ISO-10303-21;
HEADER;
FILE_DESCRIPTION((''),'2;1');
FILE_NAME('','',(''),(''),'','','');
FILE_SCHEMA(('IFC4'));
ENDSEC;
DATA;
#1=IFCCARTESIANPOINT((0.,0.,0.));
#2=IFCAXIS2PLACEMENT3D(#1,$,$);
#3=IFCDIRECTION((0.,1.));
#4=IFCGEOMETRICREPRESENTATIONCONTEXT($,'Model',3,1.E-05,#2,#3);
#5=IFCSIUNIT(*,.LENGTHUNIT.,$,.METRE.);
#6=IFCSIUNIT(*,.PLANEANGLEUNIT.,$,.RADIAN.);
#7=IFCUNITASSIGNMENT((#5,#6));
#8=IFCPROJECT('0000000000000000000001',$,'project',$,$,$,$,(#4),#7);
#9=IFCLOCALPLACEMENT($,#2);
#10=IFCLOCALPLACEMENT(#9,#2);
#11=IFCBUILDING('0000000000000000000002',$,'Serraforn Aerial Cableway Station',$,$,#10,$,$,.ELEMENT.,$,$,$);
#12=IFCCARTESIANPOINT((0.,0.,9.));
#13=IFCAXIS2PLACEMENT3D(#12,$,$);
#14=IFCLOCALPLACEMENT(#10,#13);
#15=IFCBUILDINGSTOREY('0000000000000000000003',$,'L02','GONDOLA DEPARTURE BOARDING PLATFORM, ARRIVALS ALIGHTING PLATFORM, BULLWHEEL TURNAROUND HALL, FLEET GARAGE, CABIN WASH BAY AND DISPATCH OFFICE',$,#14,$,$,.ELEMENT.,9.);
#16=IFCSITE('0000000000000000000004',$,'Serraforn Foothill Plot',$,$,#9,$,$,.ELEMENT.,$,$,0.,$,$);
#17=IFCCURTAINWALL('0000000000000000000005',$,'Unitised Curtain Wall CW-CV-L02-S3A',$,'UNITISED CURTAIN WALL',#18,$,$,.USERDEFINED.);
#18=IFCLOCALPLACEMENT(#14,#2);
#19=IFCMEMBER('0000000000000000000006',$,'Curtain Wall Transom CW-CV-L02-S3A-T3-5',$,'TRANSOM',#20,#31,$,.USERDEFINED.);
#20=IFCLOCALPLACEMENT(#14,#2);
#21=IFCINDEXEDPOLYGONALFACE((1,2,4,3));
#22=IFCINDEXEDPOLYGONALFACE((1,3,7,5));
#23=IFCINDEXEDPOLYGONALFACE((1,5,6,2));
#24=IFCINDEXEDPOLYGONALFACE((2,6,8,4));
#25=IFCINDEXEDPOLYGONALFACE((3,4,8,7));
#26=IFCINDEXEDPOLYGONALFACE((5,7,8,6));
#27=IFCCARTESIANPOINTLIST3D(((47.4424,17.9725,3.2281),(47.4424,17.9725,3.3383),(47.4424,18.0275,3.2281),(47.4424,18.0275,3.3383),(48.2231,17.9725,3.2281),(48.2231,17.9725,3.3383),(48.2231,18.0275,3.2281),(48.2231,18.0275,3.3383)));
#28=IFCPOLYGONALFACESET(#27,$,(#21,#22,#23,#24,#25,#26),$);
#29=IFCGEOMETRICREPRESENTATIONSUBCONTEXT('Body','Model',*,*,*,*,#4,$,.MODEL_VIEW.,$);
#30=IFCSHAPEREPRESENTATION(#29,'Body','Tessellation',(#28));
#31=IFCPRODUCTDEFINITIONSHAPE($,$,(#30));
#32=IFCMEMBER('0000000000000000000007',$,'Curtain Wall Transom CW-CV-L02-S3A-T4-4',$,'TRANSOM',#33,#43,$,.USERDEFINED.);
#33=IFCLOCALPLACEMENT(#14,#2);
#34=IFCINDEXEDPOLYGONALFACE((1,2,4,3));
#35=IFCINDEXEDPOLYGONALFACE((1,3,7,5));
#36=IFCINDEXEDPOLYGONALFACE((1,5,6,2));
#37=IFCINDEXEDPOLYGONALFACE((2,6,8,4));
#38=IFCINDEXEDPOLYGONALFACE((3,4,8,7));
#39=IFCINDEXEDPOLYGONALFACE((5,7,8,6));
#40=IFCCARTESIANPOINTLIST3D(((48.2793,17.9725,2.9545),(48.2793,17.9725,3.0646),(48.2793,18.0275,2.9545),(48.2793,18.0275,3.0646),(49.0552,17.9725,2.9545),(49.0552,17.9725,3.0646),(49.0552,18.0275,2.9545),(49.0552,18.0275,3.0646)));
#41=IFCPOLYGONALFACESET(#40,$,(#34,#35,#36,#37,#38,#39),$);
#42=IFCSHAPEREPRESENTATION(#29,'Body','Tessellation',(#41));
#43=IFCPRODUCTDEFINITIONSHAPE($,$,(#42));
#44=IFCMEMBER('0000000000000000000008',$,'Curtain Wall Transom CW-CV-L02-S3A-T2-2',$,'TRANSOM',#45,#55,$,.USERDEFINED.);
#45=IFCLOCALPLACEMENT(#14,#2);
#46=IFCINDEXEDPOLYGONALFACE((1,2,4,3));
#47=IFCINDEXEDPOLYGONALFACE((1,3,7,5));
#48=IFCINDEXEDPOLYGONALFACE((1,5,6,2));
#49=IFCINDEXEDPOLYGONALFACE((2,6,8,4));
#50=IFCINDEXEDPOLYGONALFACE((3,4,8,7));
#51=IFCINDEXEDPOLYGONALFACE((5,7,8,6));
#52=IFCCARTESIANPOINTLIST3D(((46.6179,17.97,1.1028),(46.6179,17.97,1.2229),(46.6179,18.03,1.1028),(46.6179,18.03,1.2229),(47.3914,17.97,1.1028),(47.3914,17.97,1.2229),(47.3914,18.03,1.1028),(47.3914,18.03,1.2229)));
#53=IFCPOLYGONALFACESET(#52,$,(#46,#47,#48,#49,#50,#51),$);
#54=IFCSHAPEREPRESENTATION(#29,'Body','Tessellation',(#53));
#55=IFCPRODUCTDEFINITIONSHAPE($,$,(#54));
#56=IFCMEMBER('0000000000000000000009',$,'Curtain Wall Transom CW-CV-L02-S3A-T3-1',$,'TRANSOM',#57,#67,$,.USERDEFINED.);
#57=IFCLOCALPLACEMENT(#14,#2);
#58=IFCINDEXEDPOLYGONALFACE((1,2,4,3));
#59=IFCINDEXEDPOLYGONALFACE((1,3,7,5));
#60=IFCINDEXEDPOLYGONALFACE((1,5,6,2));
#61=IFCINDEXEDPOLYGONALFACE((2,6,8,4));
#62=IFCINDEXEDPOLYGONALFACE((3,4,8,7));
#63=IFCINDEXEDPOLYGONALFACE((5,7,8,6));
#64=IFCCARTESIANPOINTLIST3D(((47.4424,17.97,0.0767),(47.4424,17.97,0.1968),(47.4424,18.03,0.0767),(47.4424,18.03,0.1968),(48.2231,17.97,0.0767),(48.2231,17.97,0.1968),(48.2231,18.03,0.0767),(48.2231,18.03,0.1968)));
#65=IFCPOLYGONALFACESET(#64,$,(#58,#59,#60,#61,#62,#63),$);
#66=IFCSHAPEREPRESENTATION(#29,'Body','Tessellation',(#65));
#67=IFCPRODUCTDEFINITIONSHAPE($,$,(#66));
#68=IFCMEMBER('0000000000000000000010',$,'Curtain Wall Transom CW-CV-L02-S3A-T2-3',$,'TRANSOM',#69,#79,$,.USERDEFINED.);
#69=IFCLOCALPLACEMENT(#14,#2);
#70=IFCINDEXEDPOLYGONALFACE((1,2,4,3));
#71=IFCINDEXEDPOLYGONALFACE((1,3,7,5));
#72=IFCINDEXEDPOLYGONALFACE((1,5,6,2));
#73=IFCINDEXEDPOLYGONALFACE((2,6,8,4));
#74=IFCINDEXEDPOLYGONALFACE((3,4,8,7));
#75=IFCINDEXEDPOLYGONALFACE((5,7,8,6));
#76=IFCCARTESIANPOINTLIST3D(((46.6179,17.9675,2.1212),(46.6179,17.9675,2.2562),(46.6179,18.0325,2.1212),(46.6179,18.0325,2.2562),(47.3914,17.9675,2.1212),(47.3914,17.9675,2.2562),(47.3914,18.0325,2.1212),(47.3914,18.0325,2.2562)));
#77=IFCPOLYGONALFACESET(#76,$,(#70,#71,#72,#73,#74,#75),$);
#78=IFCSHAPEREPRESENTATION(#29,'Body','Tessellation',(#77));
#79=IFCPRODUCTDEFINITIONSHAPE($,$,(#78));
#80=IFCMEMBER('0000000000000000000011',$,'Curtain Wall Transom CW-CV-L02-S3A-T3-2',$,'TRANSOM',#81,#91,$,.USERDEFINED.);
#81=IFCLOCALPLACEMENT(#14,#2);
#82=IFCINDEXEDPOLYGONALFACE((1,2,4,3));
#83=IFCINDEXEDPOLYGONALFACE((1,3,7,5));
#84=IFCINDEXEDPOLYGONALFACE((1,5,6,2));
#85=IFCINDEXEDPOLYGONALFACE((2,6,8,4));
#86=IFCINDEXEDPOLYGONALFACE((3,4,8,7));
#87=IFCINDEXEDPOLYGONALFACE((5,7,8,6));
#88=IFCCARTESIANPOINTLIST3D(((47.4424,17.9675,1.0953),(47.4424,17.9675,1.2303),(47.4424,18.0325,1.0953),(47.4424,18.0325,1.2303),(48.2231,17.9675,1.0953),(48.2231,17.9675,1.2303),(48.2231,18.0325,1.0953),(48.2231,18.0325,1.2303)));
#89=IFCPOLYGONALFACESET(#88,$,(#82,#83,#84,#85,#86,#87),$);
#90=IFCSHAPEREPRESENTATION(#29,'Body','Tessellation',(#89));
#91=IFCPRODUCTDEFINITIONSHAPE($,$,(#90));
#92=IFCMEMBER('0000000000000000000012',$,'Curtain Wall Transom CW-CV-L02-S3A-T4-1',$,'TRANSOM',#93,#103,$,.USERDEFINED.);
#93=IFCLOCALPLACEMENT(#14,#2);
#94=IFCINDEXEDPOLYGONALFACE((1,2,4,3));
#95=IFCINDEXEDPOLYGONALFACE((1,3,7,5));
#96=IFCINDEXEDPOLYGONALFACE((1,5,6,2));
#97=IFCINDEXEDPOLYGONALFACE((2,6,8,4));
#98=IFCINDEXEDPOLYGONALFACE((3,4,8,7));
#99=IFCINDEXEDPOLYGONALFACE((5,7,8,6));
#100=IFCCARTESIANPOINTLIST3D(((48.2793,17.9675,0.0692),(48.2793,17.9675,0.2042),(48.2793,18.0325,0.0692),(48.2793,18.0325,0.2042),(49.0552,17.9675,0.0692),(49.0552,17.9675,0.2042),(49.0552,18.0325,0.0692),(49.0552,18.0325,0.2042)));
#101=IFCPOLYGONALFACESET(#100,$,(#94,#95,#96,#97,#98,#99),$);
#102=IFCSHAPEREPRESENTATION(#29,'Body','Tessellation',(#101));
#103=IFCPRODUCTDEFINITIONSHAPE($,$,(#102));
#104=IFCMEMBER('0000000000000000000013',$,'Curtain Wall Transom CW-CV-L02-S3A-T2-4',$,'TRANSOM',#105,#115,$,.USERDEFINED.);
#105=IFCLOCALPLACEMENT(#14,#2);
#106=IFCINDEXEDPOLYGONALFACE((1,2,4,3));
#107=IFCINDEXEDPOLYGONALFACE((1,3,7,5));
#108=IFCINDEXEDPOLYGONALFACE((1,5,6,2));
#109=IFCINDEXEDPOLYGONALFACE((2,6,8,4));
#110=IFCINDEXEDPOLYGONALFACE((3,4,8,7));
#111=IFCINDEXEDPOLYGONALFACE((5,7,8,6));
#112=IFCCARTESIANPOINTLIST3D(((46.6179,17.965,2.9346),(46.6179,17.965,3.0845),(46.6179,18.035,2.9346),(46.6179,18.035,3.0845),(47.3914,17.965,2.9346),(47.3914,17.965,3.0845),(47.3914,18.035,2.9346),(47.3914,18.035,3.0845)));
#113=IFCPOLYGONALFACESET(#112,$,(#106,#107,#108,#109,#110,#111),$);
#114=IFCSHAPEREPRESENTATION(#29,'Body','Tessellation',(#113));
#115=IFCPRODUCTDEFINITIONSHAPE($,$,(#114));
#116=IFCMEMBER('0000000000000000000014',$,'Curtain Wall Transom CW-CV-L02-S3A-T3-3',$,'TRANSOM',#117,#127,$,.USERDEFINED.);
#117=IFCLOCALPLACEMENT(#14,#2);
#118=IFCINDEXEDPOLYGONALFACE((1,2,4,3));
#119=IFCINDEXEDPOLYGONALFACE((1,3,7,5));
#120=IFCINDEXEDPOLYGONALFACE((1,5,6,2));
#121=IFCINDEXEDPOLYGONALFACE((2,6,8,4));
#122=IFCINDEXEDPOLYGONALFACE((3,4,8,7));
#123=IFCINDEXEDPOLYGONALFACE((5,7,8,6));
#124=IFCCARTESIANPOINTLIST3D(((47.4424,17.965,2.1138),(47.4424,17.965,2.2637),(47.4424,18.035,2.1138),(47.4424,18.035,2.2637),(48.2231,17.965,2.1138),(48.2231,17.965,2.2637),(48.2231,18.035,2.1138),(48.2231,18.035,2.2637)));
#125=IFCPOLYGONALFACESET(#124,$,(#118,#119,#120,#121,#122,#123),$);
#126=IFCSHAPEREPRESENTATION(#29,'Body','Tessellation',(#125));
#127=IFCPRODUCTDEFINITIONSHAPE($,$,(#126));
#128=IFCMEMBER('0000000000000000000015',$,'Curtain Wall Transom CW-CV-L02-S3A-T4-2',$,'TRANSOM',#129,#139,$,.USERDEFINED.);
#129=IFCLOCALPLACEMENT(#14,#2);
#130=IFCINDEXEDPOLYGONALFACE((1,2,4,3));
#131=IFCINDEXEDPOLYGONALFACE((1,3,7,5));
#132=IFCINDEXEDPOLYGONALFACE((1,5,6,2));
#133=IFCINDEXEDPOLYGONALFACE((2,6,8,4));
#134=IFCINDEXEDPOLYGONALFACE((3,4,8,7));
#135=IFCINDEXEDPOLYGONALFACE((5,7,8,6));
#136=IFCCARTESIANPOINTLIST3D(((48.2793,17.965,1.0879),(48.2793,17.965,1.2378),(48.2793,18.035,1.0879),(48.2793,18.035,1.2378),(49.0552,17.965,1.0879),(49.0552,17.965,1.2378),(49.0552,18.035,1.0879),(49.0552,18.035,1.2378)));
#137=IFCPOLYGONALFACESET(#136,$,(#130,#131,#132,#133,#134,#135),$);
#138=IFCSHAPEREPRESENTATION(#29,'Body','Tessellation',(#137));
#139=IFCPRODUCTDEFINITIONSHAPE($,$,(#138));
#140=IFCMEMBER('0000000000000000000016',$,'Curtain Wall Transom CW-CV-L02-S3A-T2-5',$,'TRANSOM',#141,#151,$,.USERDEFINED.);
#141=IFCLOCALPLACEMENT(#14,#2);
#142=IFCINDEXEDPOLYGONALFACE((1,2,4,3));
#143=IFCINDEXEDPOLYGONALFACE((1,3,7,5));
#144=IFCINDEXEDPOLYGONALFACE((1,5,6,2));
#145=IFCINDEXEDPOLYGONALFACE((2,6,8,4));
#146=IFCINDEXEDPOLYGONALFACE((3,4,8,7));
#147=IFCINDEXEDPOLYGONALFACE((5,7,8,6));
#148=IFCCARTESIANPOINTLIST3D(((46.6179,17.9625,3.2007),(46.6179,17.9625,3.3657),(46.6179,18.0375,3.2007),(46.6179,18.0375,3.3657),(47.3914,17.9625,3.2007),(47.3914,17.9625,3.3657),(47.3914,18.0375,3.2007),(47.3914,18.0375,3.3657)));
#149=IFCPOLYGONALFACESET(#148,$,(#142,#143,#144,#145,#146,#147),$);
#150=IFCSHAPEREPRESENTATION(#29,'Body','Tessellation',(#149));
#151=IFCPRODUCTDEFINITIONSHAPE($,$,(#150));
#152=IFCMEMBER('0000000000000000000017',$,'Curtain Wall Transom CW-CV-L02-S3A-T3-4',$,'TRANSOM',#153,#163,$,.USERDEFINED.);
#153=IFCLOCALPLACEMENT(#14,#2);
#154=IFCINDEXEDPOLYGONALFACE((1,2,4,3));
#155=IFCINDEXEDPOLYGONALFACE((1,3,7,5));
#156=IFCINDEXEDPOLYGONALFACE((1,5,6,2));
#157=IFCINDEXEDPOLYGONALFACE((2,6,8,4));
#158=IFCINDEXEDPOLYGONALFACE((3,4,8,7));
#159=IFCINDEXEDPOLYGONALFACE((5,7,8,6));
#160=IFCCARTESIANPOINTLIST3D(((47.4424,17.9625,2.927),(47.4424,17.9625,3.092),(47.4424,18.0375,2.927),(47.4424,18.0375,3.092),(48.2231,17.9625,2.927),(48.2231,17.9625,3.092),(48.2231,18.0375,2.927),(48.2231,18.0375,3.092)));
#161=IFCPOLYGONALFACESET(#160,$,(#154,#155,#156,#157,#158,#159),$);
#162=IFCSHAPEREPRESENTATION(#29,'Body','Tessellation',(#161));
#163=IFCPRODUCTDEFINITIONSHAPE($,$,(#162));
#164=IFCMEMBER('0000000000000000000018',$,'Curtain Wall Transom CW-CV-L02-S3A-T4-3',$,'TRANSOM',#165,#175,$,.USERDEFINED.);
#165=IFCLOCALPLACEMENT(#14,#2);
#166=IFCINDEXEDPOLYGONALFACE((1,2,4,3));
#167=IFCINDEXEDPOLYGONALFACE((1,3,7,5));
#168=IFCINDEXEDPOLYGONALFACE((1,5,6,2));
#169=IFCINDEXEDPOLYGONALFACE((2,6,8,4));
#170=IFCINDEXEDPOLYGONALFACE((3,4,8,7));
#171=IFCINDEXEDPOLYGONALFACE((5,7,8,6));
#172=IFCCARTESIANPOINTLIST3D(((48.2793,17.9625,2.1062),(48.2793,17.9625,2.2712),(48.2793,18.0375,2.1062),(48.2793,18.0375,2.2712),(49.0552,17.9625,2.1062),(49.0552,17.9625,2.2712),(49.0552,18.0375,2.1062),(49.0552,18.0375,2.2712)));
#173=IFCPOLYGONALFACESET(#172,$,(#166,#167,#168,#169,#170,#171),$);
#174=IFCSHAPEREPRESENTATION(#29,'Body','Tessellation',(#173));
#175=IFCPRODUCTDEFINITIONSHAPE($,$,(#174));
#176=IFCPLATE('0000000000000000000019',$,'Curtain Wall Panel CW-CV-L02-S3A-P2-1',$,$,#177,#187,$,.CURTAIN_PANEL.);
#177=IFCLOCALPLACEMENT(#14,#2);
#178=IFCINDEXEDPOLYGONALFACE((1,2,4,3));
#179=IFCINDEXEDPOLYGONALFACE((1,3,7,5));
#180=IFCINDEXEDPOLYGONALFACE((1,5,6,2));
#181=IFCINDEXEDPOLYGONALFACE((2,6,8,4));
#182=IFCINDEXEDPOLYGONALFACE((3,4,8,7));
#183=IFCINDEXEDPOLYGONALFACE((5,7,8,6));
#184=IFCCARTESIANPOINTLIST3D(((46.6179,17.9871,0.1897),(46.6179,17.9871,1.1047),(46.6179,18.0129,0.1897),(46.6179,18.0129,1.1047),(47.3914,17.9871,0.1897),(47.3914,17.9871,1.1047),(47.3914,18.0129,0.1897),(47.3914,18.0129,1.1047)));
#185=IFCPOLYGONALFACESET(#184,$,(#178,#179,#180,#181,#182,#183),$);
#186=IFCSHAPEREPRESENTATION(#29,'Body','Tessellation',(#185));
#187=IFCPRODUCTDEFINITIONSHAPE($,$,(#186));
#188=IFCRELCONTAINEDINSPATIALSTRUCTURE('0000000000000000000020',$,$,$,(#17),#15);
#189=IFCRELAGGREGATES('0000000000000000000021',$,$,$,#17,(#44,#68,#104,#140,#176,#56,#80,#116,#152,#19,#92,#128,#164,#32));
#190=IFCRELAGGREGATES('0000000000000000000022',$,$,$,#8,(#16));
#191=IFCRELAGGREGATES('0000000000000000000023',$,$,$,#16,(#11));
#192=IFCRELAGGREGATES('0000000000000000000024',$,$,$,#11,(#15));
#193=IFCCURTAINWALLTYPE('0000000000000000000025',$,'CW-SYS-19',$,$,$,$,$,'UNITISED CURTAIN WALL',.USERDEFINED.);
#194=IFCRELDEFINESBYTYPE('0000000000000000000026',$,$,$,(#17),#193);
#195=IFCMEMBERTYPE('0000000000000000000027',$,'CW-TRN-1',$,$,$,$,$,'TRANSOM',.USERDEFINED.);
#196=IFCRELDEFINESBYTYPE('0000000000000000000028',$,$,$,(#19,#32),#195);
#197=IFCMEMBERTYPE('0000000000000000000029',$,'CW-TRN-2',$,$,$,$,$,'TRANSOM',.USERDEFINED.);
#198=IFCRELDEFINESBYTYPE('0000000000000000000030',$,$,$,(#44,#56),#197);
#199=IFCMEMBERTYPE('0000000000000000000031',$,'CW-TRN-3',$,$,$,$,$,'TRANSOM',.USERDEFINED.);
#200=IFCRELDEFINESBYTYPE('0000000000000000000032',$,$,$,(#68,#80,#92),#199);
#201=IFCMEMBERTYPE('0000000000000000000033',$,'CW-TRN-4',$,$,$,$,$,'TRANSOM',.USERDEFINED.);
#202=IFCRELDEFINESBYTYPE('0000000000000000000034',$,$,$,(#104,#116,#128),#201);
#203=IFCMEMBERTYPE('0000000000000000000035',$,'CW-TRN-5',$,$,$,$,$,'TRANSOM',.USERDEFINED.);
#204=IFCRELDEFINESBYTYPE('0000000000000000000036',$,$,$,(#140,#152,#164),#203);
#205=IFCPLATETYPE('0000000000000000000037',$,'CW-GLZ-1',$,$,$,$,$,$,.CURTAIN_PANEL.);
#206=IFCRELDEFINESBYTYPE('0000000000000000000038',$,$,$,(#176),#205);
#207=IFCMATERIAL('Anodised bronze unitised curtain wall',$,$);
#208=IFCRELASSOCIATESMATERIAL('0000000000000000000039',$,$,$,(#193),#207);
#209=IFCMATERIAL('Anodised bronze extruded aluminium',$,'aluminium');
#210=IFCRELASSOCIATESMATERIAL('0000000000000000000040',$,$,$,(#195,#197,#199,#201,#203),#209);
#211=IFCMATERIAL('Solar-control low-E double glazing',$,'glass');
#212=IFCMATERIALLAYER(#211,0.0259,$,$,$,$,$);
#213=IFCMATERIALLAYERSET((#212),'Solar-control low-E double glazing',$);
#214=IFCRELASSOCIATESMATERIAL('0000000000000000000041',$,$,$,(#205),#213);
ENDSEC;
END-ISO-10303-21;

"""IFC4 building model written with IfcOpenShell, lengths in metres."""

from ifc_helpers import new_model, si_unit, direction, frame, origin, origin_2d, place, context, subcontext, project, spatial, rectangle, extrude, material, layer, layer_set, material_profile, profile_set, type_object, element, aggregate, save


model = new_model("IFC4")

# Units and contexts
model_context = context("Model", 3, precision=1e-05, world=origin(), true_north=direction((0.0, 1.0)))
body_context = subcontext(model_context, "Body", "Model", "MODEL_VIEW")
ifc_project = project(units=[si_unit("LENGTHUNIT", "METRE"), si_unit("PLANEANGLEUNIT", "RADIAN")], contexts=[model_context])

# Site, building, storey
site_placement = place(None, origin())
site = spatial("IfcSite", under=ifc_project, at=site_placement, Name="Serraforn Foothill Plot", CompositionType="ELEMENT", RefElevation=0.0)
building_placement = place(site_placement, origin())
building = spatial("IfcBuilding", under=site, at=building_placement, Name="Serraforn Aerial Cableway Station", CompositionType="ELEMENT")
storey_placement = place(building_placement, frame((0.0, 0.0, 9.0)))
storey = spatial("IfcBuildingStorey", under=building, at=storey_placement, Name="L02", Description="GONDOLA DEPARTURE BOARDING PLATFORM, ARRIVALS ALIGHTING PLATFORM, BULLWHEEL TURNAROUND HALL, FLEET GARAGE, CABIN WASH BAY AND DISPATCH OFFICE", CompositionType="ELEMENT", Elevation=9.0)

# Curtain wall, members, plate
ifc_material_1 = material(Name="Anodised bronze unitised curtain wall")
curtain_wall_type = type_object("IfcCurtainWallType", Name="CW-SYS-19", ElementType="UNITISED CURTAIN WALL", PredefinedType="USERDEFINED", material=ifc_material_1)
curtain_wall_placement = place(storey_placement, origin())
curtain_wall = element("IfcCurtainWall", 1, at=curtain_wall_placement, inside=storey, type_object=curtain_wall_type, Name="Unitised Curtain Wall CW-CV-L02-S3A", ObjectType="UNITISED CURTAIN WALL", PredefinedType="USERDEFINED")
ifc_material_2 = material(Name="Anodised bronze extruded aluminium", Category="aluminium")
ifc_material_profile_1 = material_profile(ifc_material_2, rectangle(XDim=0.0549, YDim=0.1101, at=origin_2d()), Name="CW TRANSOM 55x110")
ifc_profile_set_1 = profile_set([ifc_material_profile_1], Name="Anodised bronze extruded aluminium")
member_type_1 = type_object("IfcMemberType", Name="CW-TRN-1", ElementType="TRANSOM", PredefinedType="USERDEFINED", material=ifc_profile_set_1)
member_1_placement = place(storey_placement, frame((47.4424, 18.0, 3.2832), z_axis=(1.0, 0.0, 0.0), x_axis=(0.0, 1.0, 0.0)))
member_1 = element("IfcMember", 2, at=member_1_placement, type_object=member_type_1, Name="Curtain Wall Transom CW-CV-L02-S3A-T3-5", ObjectType="TRANSOM", PredefinedType="USERDEFINED", context=body_context, shape_type="SweptSolid", body=[
    extrude(rectangle(XDim=0.0549, YDim=0.1101, at=origin_2d()), origin(), (0.0, 0.0, 1.0), 0.7808),
])
member_2_placement = place(storey_placement, frame((48.2793, 18.0, 3.0095), z_axis=(1.0, 0.0, 0.0), x_axis=(0.0, 1.0, 0.0)))
member_2 = element("IfcMember", 3, at=member_2_placement, type_object=member_type_1, Name="Curtain Wall Transom CW-CV-L02-S3A-T4-4", ObjectType="TRANSOM", PredefinedType="USERDEFINED", context=body_context, shape_type="SweptSolid", body=[
    extrude(rectangle(XDim=0.0549, YDim=0.1101, at=origin_2d()), origin(), (0.0, 0.0, 1.0), 0.7759),
])
ifc_material_profile_2 = material_profile(ifc_material_2, rectangle(XDim=0.0601, YDim=0.1201, at=origin_2d()), Name="CW TRANSOM 60x120")
ifc_profile_set_2 = profile_set([ifc_material_profile_2], Name="Anodised bronze extruded aluminium")
member_type_2 = type_object("IfcMemberType", Name="CW-TRN-2", ElementType="TRANSOM", PredefinedType="USERDEFINED", material=ifc_profile_set_2)
member_3_placement = place(storey_placement, frame((46.6179, 18.0, 1.1628), z_axis=(1.0, 0.0, 0.0), x_axis=(0.0, 1.0, 0.0)))
member_3 = element("IfcMember", 4, at=member_3_placement, type_object=member_type_2, Name="Curtain Wall Transom CW-CV-L02-S3A-T2-2", ObjectType="TRANSOM", PredefinedType="USERDEFINED", context=body_context, shape_type="SweptSolid", body=[
    extrude(rectangle(XDim=0.0601, YDim=0.1201, at=origin_2d()), origin(), (0.0, 0.0, 1.0), 0.7734),
])
member_4_placement = place(storey_placement, frame((47.4424, 18.0, 0.1367), z_axis=(1.0, 0.0, 0.0), x_axis=(0.0, 1.0, 0.0)))
member_4 = element("IfcMember", 5, at=member_4_placement, type_object=member_type_2, Name="Curtain Wall Transom CW-CV-L02-S3A-T3-1", ObjectType="TRANSOM", PredefinedType="USERDEFINED", context=body_context, shape_type="SweptSolid", body=[
    extrude(rectangle(XDim=0.0601, YDim=0.1201, at=origin_2d()), origin(), (0.0, 0.0, 1.0), 0.7808),
])
ifc_material_profile_3 = material_profile(ifc_material_2, rectangle(XDim=0.0649, YDim=0.135, at=origin_2d()), Name="CW TRANSOM 65x135")
ifc_profile_set_3 = profile_set([ifc_material_profile_3], Name="Anodised bronze extruded aluminium")
member_type_3 = type_object("IfcMemberType", Name="CW-TRN-3", ElementType="TRANSOM", PredefinedType="USERDEFINED", material=ifc_profile_set_3)
member_5_placement = place(storey_placement, frame((46.6179, 18.0, 2.1887), z_axis=(1.0, 0.0, 0.0), x_axis=(0.0, 1.0, 0.0)))
member_5 = element("IfcMember", 6, at=member_5_placement, type_object=member_type_3, Name="Curtain Wall Transom CW-CV-L02-S3A-T2-3", ObjectType="TRANSOM", PredefinedType="USERDEFINED", context=body_context, shape_type="SweptSolid", body=[
    extrude(rectangle(XDim=0.0649, YDim=0.135, at=origin_2d()), origin(), (0.0, 0.0, 1.0), 0.7734),
])
member_6_placement = place(storey_placement, frame((47.4424, 18.0, 1.1628), z_axis=(1.0, 0.0, 0.0), x_axis=(0.0, 1.0, 0.0)))
member_6 = element("IfcMember", 7, at=member_6_placement, type_object=member_type_3, Name="Curtain Wall Transom CW-CV-L02-S3A-T3-2", ObjectType="TRANSOM", PredefinedType="USERDEFINED", context=body_context, shape_type="SweptSolid", body=[
    extrude(rectangle(XDim=0.0649, YDim=0.135, at=origin_2d()), origin(), (0.0, 0.0, 1.0), 0.7808),
])
member_7_placement = place(storey_placement, frame((48.2793, 18.0, 0.1367), z_axis=(1.0, 0.0, 0.0), x_axis=(0.0, 1.0, 0.0)))
member_7 = element("IfcMember", 8, at=member_7_placement, type_object=member_type_3, Name="Curtain Wall Transom CW-CV-L02-S3A-T4-1", ObjectType="TRANSOM", PredefinedType="USERDEFINED", context=body_context, shape_type="SweptSolid", body=[
    extrude(rectangle(XDim=0.0649, YDim=0.135, at=origin_2d()), origin(), (0.0, 0.0, 1.0), 0.7759),
])
ifc_material_profile_4 = material_profile(ifc_material_2, rectangle(XDim=0.0701, YDim=0.1499, at=origin_2d()), Name="CW TRANSOM 70x150")
ifc_profile_set_4 = profile_set([ifc_material_profile_4], Name="Anodised bronze extruded aluminium")
member_type_4 = type_object("IfcMemberType", Name="CW-TRN-4", ElementType="TRANSOM", PredefinedType="USERDEFINED", material=ifc_profile_set_4)
member_8_placement = place(storey_placement, frame((46.6179, 18.0, 3.0095), z_axis=(1.0, 0.0, 0.0), x_axis=(0.0, 1.0, 0.0)))
member_8 = element("IfcMember", 9, at=member_8_placement, type_object=member_type_4, Name="Curtain Wall Transom CW-CV-L02-S3A-T2-4", ObjectType="TRANSOM", PredefinedType="USERDEFINED", context=body_context, shape_type="SweptSolid", body=[
    extrude(rectangle(XDim=0.0701, YDim=0.1499, at=origin_2d()), origin(), (0.0, 0.0, 1.0), 0.7734),
])
member_9_placement = place(storey_placement, frame((47.4424, 18.0, 2.1887), z_axis=(1.0, 0.0, 0.0), x_axis=(0.0, 1.0, 0.0)))
member_9 = element("IfcMember", 10, at=member_9_placement, type_object=member_type_4, Name="Curtain Wall Transom CW-CV-L02-S3A-T3-3", ObjectType="TRANSOM", PredefinedType="USERDEFINED", context=body_context, shape_type="SweptSolid", body=[
    extrude(rectangle(XDim=0.0701, YDim=0.1499, at=origin_2d()), origin(), (0.0, 0.0, 1.0), 0.7808),
])
member_10_placement = place(storey_placement, frame((48.2793, 18.0, 1.1628), z_axis=(1.0, 0.0, 0.0), x_axis=(0.0, 1.0, 0.0)))
member_10 = element("IfcMember", 11, at=member_10_placement, type_object=member_type_4, Name="Curtain Wall Transom CW-CV-L02-S3A-T4-2", ObjectType="TRANSOM", PredefinedType="USERDEFINED", context=body_context, shape_type="SweptSolid", body=[
    extrude(rectangle(XDim=0.0701, YDim=0.1499, at=origin_2d()), origin(), (0.0, 0.0, 1.0), 0.7759),
])
ifc_material_profile_5 = material_profile(ifc_material_2, rectangle(XDim=0.075, YDim=0.165, at=origin_2d()), Name="CW TRANSOM 75x165")
ifc_profile_set_5 = profile_set([ifc_material_profile_5], Name="Anodised bronze extruded aluminium")
member_type_5 = type_object("IfcMemberType", Name="CW-TRN-5", ElementType="TRANSOM", PredefinedType="USERDEFINED", material=ifc_profile_set_5)
member_11_placement = place(storey_placement, frame((46.6179, 18.0, 3.2832), z_axis=(1.0, 0.0, 0.0), x_axis=(0.0, 1.0, 0.0)))
member_11 = element("IfcMember", 12, at=member_11_placement, type_object=member_type_5, Name="Curtain Wall Transom CW-CV-L02-S3A-T2-5", ObjectType="TRANSOM", PredefinedType="USERDEFINED", context=body_context, shape_type="SweptSolid", body=[
    extrude(rectangle(XDim=0.075, YDim=0.165, at=origin_2d()), origin(), (0.0, 0.0, 1.0), 0.7734),
])
member_12_placement = place(storey_placement, frame((47.4424, 18.0, 3.0095), z_axis=(1.0, 0.0, 0.0), x_axis=(0.0, 1.0, 0.0)))
member_12 = element("IfcMember", 13, at=member_12_placement, type_object=member_type_5, Name="Curtain Wall Transom CW-CV-L02-S3A-T3-4", ObjectType="TRANSOM", PredefinedType="USERDEFINED", context=body_context, shape_type="SweptSolid", body=[
    extrude(rectangle(XDim=0.075, YDim=0.165, at=origin_2d()), origin(), (0.0, 0.0, 1.0), 0.7808),
])
member_13_placement = place(storey_placement, frame((48.2793, 18.0, 2.1887), z_axis=(1.0, 0.0, 0.0), x_axis=(0.0, 1.0, 0.0)))
member_13 = element("IfcMember", 14, at=member_13_placement, type_object=member_type_5, Name="Curtain Wall Transom CW-CV-L02-S3A-T4-3", ObjectType="TRANSOM", PredefinedType="USERDEFINED", context=body_context, shape_type="SweptSolid", body=[
    extrude(rectangle(XDim=0.075, YDim=0.165, at=origin_2d()), origin(), (0.0, 0.0, 1.0), 0.7759),
])
ifc_material_3 = material(Name="Solar-control low-E double glazing", Category="glass")
ifc_layer_1 = layer(ifc_material_3, 0.0259)
ifc_layer_set_1 = layer_set([ifc_layer_1], Name="Solar-control low-E double glazing")
plate_type_1 = type_object("IfcPlateType", Name="CW-GLZ-1", PredefinedType="CURTAIN_PANEL", material=ifc_layer_set_1)
plate_1_placement = place(storey_placement, frame((47.0046, 18.0, 0.1897), z_axis=(0.0, 0.0, 1.0), x_axis=(1.0, 0.0, 0.0)))
plate_1 = element("IfcPlate", 15, at=plate_1_placement, type_object=plate_type_1, Name="Curtain Wall Panel CW-CV-L02-S3A-P2-1", PredefinedType="CURTAIN_PANEL", context=body_context, shape_type="SweptSolid", body=[
    extrude(rectangle(XDim=0.7734, YDim=0.0259, at=origin_2d()), origin(), (0.0, 0.0, 1.0), 0.915),
])
aggregate(curtain_wall, [member_3, member_5, member_8, member_11, plate_1, member_4, member_6, member_9, member_12, member_1, member_7, member_10, member_13, member_2])

save(model, "model.ifc")
